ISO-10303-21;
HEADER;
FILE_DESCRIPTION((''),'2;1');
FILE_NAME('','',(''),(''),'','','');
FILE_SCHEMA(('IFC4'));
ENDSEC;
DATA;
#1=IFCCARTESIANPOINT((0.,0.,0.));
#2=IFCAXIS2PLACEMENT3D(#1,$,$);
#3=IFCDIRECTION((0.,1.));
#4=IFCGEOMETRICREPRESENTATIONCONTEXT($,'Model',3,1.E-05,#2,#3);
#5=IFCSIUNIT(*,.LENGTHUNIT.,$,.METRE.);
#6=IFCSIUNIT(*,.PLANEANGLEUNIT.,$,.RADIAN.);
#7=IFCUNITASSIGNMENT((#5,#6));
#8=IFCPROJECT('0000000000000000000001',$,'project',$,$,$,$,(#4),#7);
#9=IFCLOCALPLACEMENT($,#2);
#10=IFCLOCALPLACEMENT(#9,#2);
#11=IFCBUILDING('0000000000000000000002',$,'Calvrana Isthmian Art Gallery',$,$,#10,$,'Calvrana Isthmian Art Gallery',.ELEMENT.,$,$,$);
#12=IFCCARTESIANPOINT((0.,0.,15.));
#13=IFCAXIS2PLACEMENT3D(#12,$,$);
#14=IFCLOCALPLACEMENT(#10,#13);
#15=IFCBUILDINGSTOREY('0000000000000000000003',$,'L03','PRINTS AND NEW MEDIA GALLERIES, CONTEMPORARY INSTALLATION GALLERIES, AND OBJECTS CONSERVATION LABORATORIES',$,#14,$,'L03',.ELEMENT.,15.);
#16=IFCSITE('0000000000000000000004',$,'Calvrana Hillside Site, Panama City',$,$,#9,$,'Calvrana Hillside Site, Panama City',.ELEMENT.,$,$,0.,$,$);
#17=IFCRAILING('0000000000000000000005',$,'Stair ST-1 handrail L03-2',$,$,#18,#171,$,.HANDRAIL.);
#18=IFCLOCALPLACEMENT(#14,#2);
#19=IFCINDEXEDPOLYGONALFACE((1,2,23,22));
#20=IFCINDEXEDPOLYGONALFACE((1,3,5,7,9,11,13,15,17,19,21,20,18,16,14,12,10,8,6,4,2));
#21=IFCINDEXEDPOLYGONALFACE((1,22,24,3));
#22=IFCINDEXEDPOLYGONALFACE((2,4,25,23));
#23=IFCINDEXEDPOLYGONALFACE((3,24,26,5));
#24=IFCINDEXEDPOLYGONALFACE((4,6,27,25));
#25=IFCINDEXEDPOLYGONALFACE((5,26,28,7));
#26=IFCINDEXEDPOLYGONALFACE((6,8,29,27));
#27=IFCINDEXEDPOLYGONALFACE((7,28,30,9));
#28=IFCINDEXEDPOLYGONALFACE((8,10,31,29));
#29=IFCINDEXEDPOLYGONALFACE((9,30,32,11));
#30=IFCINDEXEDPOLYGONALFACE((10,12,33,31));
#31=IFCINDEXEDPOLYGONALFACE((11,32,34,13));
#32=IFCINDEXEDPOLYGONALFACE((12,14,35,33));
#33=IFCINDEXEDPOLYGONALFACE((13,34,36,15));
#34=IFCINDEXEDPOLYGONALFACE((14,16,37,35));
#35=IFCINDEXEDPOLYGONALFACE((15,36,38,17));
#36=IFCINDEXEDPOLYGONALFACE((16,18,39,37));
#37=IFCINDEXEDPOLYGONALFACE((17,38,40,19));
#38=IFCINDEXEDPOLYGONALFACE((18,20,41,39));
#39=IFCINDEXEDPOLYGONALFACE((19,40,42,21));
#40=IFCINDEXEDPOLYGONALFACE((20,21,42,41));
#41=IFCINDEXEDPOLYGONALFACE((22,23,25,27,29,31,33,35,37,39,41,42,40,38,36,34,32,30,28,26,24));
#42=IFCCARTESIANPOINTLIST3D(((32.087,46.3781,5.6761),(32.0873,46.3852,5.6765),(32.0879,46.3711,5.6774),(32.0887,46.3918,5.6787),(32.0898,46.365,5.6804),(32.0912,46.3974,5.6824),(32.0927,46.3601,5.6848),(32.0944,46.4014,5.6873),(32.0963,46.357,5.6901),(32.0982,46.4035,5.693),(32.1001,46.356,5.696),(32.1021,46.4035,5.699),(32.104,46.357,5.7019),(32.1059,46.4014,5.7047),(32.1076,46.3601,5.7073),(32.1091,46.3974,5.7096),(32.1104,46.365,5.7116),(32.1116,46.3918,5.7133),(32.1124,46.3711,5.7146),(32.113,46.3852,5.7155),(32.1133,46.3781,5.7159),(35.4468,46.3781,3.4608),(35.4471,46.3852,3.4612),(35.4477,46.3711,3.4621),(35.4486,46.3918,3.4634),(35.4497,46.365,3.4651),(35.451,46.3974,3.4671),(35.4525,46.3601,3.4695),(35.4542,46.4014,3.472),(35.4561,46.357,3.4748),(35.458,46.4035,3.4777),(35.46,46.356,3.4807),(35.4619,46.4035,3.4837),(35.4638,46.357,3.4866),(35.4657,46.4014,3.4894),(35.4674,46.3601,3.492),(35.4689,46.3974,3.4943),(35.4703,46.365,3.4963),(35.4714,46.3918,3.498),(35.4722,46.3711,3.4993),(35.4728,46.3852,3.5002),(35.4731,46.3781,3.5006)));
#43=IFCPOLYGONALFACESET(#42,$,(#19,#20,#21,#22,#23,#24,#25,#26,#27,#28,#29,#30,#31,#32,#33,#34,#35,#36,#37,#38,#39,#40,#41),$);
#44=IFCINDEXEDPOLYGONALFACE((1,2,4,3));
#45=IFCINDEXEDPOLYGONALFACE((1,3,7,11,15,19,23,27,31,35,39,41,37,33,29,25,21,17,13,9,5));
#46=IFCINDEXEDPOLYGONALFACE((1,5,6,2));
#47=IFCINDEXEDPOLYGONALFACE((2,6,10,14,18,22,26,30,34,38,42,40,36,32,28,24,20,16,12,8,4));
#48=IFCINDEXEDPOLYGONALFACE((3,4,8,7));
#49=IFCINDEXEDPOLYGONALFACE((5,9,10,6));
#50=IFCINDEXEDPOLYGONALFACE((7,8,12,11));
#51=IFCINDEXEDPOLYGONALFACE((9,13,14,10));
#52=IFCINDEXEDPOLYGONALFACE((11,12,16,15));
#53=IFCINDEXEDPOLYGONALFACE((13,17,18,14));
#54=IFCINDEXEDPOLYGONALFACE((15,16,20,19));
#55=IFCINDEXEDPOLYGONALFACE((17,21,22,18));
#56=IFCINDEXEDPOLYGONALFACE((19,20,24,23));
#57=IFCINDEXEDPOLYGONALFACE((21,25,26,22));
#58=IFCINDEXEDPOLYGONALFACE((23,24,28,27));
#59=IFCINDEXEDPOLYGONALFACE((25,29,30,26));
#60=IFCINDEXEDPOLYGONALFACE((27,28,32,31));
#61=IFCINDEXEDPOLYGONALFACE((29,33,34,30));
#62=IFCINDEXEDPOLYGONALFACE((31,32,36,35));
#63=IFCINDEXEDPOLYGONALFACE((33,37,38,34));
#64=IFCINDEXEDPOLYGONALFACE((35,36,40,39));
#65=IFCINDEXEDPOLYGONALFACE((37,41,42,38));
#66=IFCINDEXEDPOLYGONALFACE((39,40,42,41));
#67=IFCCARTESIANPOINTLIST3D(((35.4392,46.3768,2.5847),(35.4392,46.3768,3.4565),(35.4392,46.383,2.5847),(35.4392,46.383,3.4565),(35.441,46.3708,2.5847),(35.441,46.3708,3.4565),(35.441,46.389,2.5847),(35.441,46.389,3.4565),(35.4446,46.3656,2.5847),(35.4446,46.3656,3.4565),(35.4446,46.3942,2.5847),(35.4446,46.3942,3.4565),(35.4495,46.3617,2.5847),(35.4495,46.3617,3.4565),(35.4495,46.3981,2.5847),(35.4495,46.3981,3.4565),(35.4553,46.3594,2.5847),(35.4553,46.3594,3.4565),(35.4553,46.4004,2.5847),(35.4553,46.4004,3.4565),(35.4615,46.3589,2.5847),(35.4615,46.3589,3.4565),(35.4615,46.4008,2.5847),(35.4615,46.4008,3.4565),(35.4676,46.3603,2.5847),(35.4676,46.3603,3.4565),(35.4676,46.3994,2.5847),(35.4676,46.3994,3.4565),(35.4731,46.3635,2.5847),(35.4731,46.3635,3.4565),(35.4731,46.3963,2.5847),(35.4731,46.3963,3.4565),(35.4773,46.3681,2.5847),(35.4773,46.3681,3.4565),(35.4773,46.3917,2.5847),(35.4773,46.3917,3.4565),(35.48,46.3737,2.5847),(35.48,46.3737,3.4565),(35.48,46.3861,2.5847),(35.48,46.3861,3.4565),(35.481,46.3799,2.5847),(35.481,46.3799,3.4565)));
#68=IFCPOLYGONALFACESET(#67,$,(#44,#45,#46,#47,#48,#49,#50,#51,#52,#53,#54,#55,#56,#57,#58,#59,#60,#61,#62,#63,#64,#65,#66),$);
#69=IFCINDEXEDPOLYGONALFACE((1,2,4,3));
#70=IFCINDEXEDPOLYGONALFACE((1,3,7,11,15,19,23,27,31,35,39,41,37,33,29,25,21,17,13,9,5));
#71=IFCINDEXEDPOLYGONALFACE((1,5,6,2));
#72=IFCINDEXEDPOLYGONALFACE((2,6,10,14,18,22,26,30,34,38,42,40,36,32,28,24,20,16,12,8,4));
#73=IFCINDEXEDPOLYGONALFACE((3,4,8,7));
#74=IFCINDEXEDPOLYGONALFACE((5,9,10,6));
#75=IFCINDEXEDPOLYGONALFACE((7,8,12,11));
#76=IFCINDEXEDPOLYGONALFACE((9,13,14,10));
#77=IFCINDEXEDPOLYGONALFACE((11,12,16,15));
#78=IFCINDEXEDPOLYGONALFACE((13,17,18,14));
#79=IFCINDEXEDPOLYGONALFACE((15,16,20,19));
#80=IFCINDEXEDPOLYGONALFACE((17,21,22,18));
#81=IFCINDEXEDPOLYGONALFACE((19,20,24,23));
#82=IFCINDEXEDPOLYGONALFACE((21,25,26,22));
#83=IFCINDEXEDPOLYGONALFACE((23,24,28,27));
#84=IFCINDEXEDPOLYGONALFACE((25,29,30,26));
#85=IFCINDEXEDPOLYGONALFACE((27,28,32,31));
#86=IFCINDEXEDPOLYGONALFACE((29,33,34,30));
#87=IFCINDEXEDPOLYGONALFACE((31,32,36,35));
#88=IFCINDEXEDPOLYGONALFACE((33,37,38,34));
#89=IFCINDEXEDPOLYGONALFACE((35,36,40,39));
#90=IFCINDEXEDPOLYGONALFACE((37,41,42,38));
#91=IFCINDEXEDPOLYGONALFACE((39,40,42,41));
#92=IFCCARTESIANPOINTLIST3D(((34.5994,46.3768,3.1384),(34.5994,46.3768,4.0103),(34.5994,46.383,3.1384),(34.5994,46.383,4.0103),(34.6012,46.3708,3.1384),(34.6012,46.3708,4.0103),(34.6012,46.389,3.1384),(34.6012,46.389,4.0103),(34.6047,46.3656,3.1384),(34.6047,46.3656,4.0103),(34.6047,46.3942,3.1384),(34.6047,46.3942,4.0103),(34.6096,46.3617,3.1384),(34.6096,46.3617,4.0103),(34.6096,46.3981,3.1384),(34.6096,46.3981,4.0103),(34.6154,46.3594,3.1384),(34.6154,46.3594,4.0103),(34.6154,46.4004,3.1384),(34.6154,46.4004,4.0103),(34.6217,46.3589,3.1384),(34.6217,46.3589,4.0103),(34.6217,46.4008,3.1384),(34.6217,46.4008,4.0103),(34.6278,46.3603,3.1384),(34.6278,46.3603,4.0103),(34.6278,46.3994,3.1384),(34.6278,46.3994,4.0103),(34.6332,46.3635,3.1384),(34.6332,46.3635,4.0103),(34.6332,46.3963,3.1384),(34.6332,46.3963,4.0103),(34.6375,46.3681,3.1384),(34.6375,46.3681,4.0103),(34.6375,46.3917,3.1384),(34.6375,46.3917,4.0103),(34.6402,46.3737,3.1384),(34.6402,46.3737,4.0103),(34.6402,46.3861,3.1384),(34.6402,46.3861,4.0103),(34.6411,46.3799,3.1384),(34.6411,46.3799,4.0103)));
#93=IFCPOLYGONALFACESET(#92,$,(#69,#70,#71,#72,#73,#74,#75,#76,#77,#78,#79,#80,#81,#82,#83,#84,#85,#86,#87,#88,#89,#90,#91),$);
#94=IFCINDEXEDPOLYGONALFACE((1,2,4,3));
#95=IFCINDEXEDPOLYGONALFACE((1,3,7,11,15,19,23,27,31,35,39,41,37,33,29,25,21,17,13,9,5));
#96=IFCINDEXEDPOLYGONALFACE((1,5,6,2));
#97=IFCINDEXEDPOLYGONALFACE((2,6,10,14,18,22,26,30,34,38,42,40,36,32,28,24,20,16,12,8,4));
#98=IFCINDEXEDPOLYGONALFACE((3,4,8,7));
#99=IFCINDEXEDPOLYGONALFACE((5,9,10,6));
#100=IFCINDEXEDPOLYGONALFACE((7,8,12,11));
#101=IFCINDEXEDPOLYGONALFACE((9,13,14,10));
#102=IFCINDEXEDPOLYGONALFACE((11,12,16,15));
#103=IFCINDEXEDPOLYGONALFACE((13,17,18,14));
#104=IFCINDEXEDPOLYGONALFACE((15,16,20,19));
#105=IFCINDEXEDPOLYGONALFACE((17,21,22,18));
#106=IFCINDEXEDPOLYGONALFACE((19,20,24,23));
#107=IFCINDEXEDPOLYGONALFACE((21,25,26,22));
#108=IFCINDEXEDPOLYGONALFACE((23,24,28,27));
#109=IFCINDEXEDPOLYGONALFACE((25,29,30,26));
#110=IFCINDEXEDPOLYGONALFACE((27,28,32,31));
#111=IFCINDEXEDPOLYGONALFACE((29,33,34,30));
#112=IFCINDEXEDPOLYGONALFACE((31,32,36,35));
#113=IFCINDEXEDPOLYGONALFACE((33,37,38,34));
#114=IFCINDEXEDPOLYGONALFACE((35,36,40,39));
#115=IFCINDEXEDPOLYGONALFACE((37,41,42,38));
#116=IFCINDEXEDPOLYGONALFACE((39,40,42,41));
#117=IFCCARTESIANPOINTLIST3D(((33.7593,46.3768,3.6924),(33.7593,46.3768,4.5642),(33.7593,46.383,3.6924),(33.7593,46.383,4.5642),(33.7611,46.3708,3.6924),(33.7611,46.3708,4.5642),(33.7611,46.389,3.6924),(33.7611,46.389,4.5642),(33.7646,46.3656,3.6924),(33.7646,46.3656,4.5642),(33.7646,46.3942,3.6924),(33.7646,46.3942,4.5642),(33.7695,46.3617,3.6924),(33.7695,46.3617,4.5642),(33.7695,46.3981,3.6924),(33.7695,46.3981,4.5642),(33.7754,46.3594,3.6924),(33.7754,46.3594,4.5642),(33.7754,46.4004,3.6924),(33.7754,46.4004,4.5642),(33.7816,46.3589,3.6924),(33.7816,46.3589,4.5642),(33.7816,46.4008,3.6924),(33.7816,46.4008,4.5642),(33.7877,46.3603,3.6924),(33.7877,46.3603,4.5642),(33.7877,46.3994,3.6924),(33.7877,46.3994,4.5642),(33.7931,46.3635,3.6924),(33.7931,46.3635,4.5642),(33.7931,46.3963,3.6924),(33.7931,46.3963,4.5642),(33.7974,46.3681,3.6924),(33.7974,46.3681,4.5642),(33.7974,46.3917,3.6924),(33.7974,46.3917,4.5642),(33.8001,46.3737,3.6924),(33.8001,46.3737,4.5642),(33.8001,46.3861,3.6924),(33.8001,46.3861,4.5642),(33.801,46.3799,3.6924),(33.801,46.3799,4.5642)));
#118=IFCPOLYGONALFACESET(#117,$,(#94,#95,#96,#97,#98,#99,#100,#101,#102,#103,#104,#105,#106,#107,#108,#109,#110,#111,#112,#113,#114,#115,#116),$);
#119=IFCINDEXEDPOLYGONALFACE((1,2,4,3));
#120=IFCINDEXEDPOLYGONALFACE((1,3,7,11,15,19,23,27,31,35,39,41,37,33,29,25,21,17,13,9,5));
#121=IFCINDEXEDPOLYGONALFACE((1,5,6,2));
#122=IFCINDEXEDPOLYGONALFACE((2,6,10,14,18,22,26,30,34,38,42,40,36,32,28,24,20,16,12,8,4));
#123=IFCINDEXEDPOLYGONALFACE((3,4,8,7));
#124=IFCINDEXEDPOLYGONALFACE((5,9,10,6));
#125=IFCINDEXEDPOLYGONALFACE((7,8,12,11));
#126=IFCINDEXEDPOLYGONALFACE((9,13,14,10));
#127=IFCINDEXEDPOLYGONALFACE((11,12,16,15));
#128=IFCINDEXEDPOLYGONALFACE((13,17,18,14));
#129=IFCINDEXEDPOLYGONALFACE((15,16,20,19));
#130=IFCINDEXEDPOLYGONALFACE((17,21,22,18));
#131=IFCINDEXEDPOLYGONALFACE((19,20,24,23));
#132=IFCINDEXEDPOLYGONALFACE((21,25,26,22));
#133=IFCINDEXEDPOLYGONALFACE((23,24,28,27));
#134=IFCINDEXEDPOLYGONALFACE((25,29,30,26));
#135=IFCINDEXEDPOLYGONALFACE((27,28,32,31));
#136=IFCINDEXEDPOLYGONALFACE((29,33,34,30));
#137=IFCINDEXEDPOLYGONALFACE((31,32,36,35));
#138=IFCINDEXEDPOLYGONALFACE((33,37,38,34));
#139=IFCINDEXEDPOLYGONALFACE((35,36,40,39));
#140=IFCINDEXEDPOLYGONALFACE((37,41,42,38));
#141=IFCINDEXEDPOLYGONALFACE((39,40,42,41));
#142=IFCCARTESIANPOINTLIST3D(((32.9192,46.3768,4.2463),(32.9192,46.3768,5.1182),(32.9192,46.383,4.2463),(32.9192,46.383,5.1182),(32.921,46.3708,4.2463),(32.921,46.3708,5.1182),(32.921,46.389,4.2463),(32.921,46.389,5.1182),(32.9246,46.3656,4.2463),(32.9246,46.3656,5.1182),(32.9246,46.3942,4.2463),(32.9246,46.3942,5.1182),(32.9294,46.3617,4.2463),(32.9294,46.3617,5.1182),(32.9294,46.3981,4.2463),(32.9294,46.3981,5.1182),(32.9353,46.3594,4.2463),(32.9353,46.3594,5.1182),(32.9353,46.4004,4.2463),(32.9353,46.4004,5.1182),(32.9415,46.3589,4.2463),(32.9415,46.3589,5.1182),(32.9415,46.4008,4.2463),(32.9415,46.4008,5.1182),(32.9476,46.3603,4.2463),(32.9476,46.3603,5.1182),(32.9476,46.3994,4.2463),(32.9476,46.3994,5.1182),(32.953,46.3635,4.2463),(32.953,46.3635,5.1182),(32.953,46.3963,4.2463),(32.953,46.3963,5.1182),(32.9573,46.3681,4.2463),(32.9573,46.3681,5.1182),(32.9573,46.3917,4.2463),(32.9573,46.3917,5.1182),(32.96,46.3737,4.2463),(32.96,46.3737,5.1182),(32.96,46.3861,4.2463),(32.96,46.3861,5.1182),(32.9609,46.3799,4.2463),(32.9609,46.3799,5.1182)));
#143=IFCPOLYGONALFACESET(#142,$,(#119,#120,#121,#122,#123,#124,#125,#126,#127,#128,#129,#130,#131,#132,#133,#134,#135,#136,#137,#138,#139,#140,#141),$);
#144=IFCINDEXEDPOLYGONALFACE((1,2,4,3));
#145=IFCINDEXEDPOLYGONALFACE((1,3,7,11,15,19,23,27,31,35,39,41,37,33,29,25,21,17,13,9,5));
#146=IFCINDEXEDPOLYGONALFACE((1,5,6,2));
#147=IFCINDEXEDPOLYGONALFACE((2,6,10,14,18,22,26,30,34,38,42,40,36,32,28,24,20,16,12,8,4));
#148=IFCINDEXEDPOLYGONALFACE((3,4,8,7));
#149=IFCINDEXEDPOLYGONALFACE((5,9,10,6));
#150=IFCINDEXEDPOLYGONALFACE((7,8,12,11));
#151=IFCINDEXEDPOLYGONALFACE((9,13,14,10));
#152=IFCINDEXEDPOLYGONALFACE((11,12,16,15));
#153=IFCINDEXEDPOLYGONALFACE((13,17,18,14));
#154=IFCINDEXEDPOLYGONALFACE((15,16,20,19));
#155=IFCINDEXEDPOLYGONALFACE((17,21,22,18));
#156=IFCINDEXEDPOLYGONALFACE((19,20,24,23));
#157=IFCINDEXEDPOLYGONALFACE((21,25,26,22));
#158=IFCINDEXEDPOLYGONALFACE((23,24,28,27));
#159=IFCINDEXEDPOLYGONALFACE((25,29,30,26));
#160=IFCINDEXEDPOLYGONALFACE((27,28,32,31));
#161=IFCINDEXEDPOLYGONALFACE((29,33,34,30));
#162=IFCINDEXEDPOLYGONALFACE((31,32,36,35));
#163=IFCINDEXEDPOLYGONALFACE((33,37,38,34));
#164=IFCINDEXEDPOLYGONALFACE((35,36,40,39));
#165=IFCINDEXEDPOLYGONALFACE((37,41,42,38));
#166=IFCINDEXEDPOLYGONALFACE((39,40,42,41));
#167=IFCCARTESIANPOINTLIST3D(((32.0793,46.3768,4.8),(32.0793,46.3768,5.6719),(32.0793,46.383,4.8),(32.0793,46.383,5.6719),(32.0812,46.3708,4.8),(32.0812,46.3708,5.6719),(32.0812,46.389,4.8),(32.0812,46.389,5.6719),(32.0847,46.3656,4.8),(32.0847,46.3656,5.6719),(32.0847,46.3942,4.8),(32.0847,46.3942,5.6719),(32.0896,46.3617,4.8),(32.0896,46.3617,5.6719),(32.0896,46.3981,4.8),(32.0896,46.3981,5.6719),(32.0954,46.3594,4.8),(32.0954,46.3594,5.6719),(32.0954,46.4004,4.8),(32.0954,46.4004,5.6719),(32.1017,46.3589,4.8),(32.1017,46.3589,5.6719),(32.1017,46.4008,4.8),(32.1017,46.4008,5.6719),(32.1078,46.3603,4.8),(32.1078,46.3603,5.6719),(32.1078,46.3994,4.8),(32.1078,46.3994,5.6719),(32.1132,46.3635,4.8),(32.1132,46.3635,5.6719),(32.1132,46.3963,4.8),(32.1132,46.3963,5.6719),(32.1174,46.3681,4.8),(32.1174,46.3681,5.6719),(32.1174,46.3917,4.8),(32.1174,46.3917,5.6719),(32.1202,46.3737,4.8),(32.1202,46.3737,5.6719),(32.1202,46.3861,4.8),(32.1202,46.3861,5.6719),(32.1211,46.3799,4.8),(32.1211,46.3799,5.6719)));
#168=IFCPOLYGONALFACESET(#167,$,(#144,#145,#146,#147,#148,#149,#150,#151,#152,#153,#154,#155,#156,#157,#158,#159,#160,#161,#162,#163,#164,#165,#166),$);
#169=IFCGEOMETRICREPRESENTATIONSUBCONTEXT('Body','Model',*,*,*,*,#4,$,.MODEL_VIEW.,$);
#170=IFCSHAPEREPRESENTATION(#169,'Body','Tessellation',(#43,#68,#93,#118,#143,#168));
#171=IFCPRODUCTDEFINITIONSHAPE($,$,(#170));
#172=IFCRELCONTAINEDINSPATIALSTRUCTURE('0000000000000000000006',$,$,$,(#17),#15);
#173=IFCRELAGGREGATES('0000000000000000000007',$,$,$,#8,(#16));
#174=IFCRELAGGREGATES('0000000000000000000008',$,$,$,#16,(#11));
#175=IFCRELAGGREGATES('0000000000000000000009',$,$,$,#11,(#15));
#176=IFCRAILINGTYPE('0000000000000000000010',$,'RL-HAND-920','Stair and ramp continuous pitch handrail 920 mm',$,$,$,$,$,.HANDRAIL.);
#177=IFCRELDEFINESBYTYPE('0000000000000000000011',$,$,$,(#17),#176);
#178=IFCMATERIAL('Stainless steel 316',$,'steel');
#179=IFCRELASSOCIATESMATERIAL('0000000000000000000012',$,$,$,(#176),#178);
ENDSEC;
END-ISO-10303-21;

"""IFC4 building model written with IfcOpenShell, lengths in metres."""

from ifc_helpers import new_model, si_unit, direction, frame, origin, origin_2d, place, context, subcontext, project, spatial, circle, extrude, material, type_object, element, save


model = new_model("IFC4")

# Units and contexts
model_context = context("Model", 3, precision=1e-05, world=origin(), true_north=direction((0.0, 1.0)))
body_context = subcontext(model_context, "Body", "Model", "MODEL_VIEW")
ifc_project = project(units=[si_unit("LENGTHUNIT", "METRE"), si_unit("PLANEANGLEUNIT", "RADIAN")], contexts=[model_context])

# Site, building, storey
site_placement = place(None, origin())
site = spatial("IfcSite", under=ifc_project, at=site_placement, Name="Calvrana Hillside Site, Panama City", LongName="Calvrana Hillside Site, Panama City", CompositionType="ELEMENT", RefElevation=0.0)
building_placement = place(site_placement, origin())
building = spatial("IfcBuilding", under=site, at=building_placement, Name="Calvrana Isthmian Art Gallery", LongName="Calvrana Isthmian Art Gallery", CompositionType="ELEMENT")
storey_placement = place(building_placement, frame((0.0, 0.0, 15.0)))
storey = spatial("IfcBuildingStorey", under=building, at=storey_placement, Name="L03", Description="PRINTS AND NEW MEDIA GALLERIES, CONTEMPORARY INSTALLATION GALLERIES, AND OBJECTS CONSERVATION LABORATORIES", LongName="L03", CompositionType="ELEMENT", Elevation=15.0)

# Railing
ifc_material_1 = material(Name="Stainless steel 316", Category="steel")
railing_type_1 = type_object("IfcRailingType", Name="RL-HAND-920", Description="Stair and ramp continuous pitch handrail 920 mm", PredefinedType="HANDRAIL", material=ifc_material_1)
railing_1_placement = place(storey_placement, frame((35.46, 46.3799, 2.5847)))
element("IfcRailing", 1, at=railing_1_placement, inside=storey, type_object=railing_type_1, Name="Stair ST-1 handrail L03-2", PredefinedType="HANDRAIL", context=body_context, shape_type="SweptSolid", body=[
    extrude(circle(Radius=0.0239, at=origin_2d()), frame((0.0, 0.0, 0.896), z_axis=(-0.834858, 0.0, 0.550465), x_axis=(0.0, -1.0, 0.0)), (0.0, 0.0, 1.0), 4.0244),
    extrude(circle(Radius=0.021, at=origin_2d()), origin(), (0.0, 0.0, 1.0), 0.8718),
    extrude(circle(Radius=0.021, at=origin_2d()), frame((-0.8398, 0.0, 0.5537)), (0.0, 0.0, 1.0), 0.8718),
    extrude(circle(Radius=0.021, at=origin_2d()), frame((-1.6799, 0.0, 1.1077)), (0.0, 0.0, 1.0), 0.8718),
    extrude(circle(Radius=0.021, at=origin_2d()), frame((-2.52, 0.0, 1.6616)), (0.0, 0.0, 1.0), 0.8718),
    extrude(circle(Radius=0.021, at=origin_2d()), frame((-3.3599, 0.0, 2.2153)), (0.0, 0.0, 1.0), 0.8718),
])

save(model, "model.ifc")
